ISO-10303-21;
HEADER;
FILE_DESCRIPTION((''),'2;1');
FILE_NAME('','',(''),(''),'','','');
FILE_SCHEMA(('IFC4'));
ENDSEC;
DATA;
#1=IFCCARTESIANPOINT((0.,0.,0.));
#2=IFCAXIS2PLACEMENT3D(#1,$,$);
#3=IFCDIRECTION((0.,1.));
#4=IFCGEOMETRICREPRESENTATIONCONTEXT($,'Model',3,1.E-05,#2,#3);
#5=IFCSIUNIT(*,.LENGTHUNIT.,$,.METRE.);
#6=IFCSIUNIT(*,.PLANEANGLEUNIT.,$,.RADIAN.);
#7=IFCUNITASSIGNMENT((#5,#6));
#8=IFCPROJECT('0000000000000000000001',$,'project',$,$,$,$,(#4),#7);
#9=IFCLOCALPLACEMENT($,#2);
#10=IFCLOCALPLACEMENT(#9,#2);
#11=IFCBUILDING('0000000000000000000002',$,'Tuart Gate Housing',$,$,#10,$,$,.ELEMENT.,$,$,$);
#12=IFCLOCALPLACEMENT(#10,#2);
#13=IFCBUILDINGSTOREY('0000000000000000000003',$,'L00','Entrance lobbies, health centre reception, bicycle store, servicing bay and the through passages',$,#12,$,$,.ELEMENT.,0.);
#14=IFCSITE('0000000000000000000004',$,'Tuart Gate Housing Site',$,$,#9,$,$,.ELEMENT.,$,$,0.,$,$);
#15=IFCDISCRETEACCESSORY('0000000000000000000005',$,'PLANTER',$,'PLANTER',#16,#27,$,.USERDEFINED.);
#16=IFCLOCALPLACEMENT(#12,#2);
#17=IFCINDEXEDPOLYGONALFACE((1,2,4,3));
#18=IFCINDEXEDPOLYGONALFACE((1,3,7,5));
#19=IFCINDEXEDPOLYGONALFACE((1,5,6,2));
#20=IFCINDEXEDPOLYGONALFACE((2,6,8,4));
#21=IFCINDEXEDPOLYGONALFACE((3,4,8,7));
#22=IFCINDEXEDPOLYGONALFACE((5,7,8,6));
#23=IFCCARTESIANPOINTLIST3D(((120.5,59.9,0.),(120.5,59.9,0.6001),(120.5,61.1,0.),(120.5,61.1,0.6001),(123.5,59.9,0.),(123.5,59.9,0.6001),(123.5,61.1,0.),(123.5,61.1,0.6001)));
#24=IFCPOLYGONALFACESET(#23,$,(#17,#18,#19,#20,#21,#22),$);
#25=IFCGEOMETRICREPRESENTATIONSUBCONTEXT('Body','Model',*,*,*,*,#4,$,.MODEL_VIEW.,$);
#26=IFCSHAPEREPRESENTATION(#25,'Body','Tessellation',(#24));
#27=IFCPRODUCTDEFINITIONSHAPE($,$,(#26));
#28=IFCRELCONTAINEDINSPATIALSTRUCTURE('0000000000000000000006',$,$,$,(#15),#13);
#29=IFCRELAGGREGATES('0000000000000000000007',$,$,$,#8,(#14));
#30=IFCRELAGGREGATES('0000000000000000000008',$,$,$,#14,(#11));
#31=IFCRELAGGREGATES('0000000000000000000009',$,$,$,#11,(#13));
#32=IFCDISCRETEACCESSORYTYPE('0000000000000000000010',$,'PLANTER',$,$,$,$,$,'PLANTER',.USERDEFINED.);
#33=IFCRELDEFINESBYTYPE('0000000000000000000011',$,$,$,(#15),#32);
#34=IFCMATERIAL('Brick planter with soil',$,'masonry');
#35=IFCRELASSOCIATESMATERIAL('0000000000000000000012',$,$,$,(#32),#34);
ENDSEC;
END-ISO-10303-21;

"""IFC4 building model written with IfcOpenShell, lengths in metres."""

from ifc_helpers import new_model, si_unit, direction, frame, origin, origin_2d, place, context, subcontext, project, spatial, rectangle, extrude, material, type_object, element, save


model = new_model("IFC4")

# Units and contexts
model_context = context("Model", 3, precision=1e-05, world=origin(), true_north=direction((0.0, 1.0)))
body_context = subcontext(model_context, "Body", "Model", "MODEL_VIEW")
ifc_project = project(units=[si_unit("LENGTHUNIT", "METRE"), si_unit("PLANEANGLEUNIT", "RADIAN")], contexts=[model_context])

# Site, building, storey
site_placement = place(None, origin())
site = spatial("IfcSite", under=ifc_project, at=site_placement, Name="Tuart Gate Housing Site", CompositionType="ELEMENT", RefElevation=0.0)
building_placement = place(site_placement, origin())
building = spatial("IfcBuilding", under=site, at=building_placement, Name="Tuart Gate Housing", CompositionType="ELEMENT")
storey_placement = place(building_placement, origin())
storey = spatial("IfcBuildingStorey", under=building, at=storey_placement, Name="L00", Description="Entrance lobbies, health centre reception, bicycle store, servicing bay and the through passages", CompositionType="ELEMENT", Elevation=0.0)

# Discrete accessory
ifc_material_1 = material(Name="Brick planter with soil", Category="masonry")
discrete_accessory_type = type_object("IfcDiscreteAccessoryType", Name="PLANTER", ElementType="PLANTER", PredefinedType="USERDEFINED", material=ifc_material_1)
for number, where, z_axis, x_axis, name in (
    (1, (122.0, 60.5, 0.0), (0.0, 0.0, 1.0), (1.0, 0.0, 0.0), "PLANTER"),
):
    element("IfcDiscreteAccessory", number, at=place(storey_placement, frame(where, z_axis=z_axis, x_axis=x_axis)), inside=storey, type_object=discrete_accessory_type, Name=name, ObjectType="PLANTER", PredefinedType="USERDEFINED", context=body_context, shape_type="SweptSolid", body=[
        extrude(rectangle(XDim=3.0, YDim=1.2, at=origin_2d()), origin(), (0.0, 0.0, 1.0), 0.6001),
    ])

save(model, "model.ifc")
